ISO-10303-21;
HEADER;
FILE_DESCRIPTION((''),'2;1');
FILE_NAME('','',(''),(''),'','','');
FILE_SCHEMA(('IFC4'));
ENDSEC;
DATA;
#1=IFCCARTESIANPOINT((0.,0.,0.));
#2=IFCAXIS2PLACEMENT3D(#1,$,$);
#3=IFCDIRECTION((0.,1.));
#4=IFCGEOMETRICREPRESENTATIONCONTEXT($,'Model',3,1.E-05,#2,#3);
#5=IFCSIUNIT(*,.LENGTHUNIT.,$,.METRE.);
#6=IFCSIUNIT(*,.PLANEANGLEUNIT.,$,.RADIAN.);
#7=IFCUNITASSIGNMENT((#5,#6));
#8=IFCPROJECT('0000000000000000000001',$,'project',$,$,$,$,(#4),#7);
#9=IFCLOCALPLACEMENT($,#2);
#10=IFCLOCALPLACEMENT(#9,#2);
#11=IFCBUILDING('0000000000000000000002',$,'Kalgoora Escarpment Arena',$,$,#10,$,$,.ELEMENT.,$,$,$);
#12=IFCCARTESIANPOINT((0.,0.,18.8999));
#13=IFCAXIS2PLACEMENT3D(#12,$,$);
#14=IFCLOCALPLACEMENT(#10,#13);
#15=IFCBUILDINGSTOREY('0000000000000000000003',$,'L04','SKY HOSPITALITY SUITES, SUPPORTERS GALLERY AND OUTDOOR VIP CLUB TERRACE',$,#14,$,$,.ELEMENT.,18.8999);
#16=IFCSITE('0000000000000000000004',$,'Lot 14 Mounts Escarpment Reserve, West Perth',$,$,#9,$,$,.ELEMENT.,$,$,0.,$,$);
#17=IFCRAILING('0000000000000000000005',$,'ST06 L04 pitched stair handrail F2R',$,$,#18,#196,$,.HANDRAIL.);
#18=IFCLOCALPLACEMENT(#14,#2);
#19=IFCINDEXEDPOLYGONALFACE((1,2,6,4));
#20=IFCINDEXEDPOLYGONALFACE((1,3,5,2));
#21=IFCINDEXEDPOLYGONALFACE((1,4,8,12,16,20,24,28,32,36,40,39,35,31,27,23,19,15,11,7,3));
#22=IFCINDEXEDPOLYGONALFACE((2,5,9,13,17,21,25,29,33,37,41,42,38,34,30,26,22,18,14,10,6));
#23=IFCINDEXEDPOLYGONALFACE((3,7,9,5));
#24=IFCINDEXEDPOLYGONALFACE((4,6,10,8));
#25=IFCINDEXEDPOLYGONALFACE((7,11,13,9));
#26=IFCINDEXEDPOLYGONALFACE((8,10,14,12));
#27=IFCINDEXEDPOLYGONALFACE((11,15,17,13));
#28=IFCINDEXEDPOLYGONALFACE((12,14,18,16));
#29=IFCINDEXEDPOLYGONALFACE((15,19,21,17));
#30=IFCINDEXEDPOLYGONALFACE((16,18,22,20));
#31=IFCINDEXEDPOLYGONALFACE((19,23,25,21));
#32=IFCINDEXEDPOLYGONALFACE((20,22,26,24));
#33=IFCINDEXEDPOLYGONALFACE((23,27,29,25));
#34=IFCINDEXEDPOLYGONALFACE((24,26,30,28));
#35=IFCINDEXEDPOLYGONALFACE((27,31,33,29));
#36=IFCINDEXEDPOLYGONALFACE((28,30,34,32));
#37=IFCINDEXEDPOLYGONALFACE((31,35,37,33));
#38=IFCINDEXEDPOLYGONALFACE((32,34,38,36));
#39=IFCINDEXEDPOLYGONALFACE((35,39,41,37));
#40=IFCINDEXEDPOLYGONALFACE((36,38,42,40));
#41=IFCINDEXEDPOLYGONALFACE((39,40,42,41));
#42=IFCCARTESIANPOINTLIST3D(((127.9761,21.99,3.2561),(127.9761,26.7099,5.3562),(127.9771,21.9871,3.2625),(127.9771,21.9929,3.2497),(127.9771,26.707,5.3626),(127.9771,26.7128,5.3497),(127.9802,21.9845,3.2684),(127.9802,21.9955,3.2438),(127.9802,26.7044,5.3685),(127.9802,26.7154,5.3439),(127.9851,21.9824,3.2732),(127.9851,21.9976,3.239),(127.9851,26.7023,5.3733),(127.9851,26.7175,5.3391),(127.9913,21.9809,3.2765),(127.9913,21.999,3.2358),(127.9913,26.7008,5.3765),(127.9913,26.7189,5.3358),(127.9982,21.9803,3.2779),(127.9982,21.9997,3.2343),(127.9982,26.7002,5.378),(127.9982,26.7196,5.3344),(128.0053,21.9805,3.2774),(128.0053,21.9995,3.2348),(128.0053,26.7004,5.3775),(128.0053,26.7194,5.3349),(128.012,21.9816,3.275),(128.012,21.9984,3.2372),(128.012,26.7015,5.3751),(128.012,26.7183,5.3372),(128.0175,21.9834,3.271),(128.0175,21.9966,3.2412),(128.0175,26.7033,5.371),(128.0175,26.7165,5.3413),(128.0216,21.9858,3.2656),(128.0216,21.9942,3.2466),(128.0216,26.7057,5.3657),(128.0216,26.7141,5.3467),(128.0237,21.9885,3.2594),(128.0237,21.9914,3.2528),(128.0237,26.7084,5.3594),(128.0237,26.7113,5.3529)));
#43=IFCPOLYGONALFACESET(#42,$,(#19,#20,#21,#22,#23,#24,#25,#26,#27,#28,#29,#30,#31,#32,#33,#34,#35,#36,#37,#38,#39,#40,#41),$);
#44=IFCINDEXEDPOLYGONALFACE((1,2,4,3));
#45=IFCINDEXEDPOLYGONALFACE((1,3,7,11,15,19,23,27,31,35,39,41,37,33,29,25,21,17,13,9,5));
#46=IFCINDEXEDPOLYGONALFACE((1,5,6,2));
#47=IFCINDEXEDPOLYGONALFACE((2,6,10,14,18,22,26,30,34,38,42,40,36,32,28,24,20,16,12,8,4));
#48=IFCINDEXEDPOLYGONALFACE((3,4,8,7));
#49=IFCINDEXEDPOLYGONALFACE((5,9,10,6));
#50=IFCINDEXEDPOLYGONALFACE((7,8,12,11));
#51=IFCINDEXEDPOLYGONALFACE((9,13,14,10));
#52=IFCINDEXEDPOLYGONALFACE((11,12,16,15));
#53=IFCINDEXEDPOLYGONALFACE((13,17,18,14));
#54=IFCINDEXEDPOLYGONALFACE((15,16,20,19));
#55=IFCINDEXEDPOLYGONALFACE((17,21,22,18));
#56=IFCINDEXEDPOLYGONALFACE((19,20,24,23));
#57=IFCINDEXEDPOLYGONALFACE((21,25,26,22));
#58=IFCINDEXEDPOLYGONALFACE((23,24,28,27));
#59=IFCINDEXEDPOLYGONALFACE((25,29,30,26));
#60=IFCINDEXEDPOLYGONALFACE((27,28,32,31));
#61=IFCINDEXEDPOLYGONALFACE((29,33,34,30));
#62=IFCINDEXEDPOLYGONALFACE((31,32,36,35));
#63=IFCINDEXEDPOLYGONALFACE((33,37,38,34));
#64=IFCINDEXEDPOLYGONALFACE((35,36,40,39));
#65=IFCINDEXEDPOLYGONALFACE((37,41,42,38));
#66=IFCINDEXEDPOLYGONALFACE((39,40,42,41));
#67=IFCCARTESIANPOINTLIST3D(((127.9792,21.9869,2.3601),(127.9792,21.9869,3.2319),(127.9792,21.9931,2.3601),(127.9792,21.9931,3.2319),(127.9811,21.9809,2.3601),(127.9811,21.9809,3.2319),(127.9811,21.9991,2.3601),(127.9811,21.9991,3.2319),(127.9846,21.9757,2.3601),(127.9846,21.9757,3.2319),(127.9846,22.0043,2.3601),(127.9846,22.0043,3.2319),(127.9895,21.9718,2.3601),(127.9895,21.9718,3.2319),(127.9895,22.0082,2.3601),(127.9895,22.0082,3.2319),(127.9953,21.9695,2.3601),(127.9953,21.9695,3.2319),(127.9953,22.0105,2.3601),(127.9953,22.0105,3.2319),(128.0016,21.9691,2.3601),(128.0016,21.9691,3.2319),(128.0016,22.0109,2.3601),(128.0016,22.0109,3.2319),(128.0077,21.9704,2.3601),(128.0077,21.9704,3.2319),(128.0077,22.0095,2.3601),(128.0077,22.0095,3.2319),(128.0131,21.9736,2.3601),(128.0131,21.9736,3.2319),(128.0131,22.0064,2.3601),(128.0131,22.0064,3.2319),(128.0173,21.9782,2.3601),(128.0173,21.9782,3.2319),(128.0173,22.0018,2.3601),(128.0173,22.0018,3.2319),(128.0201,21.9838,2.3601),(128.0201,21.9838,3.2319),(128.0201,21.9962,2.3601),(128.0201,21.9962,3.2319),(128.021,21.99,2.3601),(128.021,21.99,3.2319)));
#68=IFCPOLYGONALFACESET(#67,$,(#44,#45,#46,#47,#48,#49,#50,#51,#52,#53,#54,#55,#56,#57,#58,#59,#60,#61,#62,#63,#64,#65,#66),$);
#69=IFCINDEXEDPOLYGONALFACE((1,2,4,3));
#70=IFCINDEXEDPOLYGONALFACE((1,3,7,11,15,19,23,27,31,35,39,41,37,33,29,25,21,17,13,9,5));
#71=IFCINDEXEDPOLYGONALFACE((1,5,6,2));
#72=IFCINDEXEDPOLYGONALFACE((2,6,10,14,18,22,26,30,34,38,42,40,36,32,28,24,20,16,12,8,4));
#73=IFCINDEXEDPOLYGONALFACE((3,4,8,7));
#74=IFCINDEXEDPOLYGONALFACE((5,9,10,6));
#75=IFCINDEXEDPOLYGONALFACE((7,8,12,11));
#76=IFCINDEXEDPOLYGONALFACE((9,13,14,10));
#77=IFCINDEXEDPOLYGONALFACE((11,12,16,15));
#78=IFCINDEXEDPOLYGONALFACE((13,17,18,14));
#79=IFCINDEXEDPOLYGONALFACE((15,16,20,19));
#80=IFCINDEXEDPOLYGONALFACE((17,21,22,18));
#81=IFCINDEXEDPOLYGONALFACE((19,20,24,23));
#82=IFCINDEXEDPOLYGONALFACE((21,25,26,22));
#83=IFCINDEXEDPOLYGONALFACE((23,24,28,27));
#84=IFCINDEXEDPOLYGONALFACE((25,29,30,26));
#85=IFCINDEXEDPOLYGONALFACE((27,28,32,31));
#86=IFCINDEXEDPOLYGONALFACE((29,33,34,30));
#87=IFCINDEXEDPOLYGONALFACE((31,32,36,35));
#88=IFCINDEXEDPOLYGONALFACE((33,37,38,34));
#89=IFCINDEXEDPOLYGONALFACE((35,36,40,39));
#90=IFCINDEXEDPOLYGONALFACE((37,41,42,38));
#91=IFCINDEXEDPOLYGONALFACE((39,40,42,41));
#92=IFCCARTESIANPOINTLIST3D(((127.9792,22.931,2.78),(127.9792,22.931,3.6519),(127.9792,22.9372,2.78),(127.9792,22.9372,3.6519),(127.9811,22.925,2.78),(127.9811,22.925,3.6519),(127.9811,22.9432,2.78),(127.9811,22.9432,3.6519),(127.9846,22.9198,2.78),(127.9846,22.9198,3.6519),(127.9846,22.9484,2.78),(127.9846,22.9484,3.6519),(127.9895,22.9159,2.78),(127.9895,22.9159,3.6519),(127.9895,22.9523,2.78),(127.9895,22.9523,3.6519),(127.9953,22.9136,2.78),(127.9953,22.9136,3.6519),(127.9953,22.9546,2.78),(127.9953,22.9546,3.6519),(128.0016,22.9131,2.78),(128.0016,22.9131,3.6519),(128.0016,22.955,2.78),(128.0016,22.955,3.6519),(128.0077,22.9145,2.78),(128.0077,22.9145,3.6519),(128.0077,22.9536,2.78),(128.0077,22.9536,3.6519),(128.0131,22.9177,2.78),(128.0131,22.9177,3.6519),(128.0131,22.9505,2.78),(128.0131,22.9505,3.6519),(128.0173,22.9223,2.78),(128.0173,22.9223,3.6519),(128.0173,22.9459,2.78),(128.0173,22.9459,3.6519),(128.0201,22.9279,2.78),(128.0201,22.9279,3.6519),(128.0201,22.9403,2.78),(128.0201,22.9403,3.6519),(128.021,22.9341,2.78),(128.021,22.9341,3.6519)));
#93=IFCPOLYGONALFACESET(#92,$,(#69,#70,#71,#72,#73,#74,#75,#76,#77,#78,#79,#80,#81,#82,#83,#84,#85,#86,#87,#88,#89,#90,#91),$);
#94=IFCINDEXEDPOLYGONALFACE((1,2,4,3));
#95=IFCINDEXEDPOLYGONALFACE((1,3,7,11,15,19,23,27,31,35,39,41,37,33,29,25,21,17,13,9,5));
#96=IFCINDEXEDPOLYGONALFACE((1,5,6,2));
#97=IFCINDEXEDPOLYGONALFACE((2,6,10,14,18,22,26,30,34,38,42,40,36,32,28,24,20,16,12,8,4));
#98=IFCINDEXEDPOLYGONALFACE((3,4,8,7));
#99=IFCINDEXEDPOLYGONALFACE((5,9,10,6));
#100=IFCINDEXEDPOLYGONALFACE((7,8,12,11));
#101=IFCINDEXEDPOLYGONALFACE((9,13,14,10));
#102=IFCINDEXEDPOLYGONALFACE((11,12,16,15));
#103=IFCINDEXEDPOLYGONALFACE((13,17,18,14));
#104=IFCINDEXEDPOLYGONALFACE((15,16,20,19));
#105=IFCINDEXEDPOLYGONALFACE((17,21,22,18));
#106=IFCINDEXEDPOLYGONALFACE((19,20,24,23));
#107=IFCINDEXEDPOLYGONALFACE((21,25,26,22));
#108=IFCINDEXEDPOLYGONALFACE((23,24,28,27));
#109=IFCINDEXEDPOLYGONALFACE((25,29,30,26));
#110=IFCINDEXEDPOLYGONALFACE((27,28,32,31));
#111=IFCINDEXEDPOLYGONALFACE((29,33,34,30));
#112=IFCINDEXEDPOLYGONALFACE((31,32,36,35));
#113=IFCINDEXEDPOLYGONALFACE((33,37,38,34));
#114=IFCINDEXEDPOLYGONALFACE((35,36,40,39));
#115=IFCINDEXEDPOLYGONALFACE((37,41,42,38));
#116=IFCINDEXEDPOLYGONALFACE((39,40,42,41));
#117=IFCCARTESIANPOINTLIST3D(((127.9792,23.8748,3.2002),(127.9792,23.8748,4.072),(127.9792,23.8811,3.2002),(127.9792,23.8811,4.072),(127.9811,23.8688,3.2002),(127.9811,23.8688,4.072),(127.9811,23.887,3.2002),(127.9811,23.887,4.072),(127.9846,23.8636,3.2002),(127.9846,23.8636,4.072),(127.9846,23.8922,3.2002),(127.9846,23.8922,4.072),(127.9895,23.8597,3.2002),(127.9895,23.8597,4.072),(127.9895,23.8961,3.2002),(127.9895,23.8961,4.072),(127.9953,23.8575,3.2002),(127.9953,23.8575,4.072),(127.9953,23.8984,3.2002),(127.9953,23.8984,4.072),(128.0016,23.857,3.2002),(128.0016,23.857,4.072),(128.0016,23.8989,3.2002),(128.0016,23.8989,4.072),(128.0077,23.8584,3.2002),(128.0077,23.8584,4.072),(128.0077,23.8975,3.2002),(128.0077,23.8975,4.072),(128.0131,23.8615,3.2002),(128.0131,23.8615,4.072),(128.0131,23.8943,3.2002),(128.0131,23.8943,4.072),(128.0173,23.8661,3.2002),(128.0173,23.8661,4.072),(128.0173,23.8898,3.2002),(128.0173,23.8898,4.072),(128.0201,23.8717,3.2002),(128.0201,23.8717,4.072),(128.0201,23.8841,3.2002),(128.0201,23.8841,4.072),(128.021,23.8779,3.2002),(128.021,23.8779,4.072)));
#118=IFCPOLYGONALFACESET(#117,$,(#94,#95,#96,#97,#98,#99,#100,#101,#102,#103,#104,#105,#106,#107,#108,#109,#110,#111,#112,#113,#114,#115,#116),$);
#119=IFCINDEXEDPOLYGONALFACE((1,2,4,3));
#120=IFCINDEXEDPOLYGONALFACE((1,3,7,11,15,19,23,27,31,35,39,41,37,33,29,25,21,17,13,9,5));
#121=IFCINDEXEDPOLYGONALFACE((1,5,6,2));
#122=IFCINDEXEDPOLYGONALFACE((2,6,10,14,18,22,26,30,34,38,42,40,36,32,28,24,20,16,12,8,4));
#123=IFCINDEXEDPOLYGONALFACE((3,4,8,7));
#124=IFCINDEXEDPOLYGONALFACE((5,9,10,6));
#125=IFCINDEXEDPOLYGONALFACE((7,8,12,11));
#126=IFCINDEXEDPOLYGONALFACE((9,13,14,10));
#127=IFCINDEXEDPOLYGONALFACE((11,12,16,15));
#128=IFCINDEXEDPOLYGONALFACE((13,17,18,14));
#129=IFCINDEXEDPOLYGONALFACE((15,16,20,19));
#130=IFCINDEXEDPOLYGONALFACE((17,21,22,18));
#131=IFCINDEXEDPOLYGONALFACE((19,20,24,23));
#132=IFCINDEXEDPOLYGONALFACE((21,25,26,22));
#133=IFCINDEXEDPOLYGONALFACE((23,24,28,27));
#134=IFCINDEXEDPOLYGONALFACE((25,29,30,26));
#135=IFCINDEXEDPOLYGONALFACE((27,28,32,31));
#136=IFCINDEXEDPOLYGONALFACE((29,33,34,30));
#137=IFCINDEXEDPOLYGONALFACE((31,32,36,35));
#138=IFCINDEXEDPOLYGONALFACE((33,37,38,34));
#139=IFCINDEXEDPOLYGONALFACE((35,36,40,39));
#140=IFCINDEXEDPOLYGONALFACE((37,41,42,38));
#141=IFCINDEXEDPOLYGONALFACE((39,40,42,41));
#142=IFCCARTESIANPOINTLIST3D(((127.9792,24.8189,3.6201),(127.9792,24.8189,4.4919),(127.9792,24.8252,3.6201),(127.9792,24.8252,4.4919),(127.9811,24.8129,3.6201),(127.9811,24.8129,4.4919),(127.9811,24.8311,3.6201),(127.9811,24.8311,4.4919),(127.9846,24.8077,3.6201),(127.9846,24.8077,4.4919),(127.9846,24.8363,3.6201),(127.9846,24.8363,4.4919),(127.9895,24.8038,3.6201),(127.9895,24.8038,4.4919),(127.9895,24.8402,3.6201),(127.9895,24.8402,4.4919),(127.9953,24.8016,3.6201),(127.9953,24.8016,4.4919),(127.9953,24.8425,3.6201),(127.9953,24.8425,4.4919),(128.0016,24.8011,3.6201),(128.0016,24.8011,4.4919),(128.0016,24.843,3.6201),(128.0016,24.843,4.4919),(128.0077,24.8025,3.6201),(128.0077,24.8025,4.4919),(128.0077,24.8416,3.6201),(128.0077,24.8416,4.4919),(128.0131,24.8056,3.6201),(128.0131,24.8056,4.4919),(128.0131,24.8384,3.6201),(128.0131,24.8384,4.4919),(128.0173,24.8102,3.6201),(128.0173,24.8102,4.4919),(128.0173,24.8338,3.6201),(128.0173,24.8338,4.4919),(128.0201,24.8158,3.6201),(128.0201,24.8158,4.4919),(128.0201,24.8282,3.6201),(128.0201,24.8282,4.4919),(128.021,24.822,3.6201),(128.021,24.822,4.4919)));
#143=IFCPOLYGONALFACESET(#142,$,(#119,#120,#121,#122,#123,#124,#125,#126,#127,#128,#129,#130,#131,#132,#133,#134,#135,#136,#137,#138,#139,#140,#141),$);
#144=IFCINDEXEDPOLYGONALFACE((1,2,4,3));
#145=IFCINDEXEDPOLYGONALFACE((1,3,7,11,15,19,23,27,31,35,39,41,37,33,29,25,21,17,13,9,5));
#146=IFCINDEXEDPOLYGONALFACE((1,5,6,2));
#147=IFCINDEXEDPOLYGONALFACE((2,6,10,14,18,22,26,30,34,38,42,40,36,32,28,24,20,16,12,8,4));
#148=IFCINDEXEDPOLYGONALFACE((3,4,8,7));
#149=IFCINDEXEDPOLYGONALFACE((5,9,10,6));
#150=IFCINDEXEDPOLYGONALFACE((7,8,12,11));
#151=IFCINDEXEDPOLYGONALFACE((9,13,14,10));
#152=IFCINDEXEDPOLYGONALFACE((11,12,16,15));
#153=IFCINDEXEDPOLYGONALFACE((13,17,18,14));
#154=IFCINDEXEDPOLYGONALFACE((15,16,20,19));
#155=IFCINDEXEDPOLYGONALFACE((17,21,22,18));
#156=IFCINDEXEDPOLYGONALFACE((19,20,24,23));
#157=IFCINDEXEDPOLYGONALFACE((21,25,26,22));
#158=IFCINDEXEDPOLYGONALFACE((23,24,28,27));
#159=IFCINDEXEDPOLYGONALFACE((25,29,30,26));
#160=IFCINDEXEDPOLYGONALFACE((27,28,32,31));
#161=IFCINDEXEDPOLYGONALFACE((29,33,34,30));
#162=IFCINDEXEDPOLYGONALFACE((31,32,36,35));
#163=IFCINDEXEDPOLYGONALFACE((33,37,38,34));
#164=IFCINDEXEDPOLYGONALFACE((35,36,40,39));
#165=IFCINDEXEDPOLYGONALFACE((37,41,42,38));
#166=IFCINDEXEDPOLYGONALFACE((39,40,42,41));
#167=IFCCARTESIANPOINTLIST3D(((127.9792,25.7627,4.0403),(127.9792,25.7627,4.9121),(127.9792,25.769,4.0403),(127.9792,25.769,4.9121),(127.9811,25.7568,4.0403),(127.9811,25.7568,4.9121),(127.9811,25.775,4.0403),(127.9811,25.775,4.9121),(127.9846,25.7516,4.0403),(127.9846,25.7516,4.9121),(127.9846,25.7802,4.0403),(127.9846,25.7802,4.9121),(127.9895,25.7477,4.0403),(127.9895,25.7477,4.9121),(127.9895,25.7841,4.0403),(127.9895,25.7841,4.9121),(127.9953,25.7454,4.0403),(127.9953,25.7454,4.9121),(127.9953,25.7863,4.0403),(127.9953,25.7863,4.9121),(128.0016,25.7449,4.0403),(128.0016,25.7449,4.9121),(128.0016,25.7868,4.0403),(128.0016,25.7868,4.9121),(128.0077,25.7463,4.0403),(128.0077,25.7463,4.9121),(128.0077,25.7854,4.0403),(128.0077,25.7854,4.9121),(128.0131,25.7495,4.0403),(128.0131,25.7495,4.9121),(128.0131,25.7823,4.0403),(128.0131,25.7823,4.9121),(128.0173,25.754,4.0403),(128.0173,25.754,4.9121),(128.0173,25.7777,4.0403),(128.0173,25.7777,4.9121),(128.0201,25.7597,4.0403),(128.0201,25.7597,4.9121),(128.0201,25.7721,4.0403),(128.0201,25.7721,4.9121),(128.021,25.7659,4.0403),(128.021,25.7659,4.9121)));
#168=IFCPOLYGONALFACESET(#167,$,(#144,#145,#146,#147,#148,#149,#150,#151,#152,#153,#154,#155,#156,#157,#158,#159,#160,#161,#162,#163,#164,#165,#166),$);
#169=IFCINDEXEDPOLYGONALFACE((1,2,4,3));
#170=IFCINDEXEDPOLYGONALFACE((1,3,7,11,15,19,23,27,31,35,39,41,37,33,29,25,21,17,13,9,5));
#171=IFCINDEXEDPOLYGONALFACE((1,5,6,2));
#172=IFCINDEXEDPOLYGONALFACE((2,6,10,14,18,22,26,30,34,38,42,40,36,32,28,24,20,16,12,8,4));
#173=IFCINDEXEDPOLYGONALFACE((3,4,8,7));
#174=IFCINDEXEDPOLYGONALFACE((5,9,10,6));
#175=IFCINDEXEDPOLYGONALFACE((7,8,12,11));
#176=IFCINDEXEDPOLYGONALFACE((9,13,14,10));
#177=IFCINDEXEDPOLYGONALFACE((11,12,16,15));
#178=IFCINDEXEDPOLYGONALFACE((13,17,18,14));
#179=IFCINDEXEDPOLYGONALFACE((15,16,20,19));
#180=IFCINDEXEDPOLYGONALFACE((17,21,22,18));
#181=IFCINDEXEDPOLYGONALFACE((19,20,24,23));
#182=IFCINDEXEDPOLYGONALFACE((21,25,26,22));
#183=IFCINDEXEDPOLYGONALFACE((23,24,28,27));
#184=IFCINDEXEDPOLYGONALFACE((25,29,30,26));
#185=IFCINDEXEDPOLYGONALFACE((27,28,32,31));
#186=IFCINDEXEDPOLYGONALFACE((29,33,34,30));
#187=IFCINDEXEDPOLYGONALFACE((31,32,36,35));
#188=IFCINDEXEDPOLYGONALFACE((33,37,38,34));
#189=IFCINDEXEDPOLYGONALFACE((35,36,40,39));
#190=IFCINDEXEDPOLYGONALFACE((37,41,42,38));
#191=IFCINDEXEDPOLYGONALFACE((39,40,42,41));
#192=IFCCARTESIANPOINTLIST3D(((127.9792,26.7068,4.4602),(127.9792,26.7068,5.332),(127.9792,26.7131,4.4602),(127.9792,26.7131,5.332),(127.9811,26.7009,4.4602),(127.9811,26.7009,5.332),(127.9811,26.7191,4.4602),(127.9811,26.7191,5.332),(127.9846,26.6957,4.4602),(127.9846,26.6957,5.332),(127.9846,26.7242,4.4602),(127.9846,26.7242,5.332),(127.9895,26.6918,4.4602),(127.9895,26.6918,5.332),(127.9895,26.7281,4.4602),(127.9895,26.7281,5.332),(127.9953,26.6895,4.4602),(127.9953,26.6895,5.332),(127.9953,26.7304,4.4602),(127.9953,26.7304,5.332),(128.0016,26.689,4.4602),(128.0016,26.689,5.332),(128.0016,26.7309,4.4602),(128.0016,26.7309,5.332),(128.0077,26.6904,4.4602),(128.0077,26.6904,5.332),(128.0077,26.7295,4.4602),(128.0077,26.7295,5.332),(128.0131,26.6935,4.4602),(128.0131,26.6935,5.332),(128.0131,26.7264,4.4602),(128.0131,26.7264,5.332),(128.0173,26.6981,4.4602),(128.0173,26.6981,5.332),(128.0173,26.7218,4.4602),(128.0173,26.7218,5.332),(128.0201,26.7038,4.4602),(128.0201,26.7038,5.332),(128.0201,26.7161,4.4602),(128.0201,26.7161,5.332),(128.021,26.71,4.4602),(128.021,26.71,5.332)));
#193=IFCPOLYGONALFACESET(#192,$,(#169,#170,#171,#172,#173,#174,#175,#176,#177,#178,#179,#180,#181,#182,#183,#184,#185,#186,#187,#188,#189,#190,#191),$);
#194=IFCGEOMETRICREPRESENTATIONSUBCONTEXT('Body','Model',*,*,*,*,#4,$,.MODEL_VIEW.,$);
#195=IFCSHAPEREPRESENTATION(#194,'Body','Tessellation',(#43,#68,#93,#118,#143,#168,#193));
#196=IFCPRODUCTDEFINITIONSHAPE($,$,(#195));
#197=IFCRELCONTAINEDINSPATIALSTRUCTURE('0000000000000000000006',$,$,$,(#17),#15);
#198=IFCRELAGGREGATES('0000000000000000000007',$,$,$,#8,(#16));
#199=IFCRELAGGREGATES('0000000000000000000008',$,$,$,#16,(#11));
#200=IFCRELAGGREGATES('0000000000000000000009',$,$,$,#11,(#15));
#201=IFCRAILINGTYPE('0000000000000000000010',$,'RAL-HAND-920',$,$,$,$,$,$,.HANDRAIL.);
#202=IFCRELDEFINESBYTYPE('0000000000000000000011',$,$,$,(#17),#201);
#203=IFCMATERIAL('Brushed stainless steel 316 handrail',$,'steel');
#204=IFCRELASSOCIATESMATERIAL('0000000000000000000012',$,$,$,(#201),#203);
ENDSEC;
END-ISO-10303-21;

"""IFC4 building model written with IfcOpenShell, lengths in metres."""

from ifc_helpers import new_model, si_unit, direction, frame, origin, origin_2d, place, context, subcontext, project, spatial, circle, extrude, material, type_object, element, save


model = new_model("IFC4")

# Units and contexts
model_context = context("Model", 3, precision=1e-05, world=origin(), true_north=direction((0.0, 1.0)))
body_context = subcontext(model_context, "Body", "Model", "MODEL_VIEW")
ifc_project = project(units=[si_unit("LENGTHUNIT", "METRE"), si_unit("PLANEANGLEUNIT", "RADIAN")], contexts=[model_context])

# Site, building, storey
site_placement = place(None, origin())
site = spatial("IfcSite", under=ifc_project, at=site_placement, Name="Lot 14 Mounts Escarpment Reserve, West Perth", CompositionType="ELEMENT", RefElevation=0.0)
building_placement = place(site_placement, origin())
building = spatial("IfcBuilding", under=site, at=building_placement, Name="Kalgoora Escarpment Arena", CompositionType="ELEMENT")
storey_placement = place(building_placement, frame((0.0, 0.0, 18.8999)))
storey = spatial("IfcBuildingStorey", under=building, at=storey_placement, Name="L04", Description="SKY HOSPITALITY SUITES, SUPPORTERS GALLERY AND OUTDOOR VIP CLUB TERRACE", CompositionType="ELEMENT", Elevation=18.8999)

# Railing
ifc_material_1 = material(Name="Brushed stainless steel 316 handrail", Category="steel")
railing_type = type_object("IfcRailingType", Name="RAL-HAND-920", PredefinedType="HANDRAIL", material=ifc_material_1)
for number, where, name in (
    (1, (128.0, 21.99, 2.3601), "ST06 L04 pitched stair handrail F2R"),
):
    element("IfcRailing", number, at=place(storey_placement, frame(where)), inside=storey, type_object=railing_type, Name=name, PredefinedType="HANDRAIL", context=body_context, shape_type="SweptSolid", body=[
        extrude(circle(Radius=0.0239, at=origin_2d()), frame((0.0, 0.0, 0.896), z_axis=(0.0, 0.913644, 0.406516), x_axis=(-1.0, 0.0, 0.0)), (0.0, 0.0, 1.0), 5.166),
        extrude(circle(Radius=0.021, at=origin_2d()), origin(), (0.0, 0.0, 1.0), 0.8718),
        extrude(circle(Radius=0.021, at=origin_2d()), frame((0.0, 0.9441, 0.4199)), (0.0, 0.0, 1.0), 0.8718),
        extrude(circle(Radius=0.021, at=origin_2d()), frame((0.0, 1.8879, 0.8401)), (0.0, 0.0, 1.0), 0.8718),
        extrude(circle(Radius=0.021, at=origin_2d()), frame((0.0, 2.832, 1.26)), (0.0, 0.0, 1.0), 0.8718),
        extrude(circle(Radius=0.021, at=origin_2d()), frame((0.0, 3.7759, 1.6802)), (0.0, 0.0, 1.0), 0.8718),
        extrude(circle(Radius=0.021, at=origin_2d()), frame((0.0, 4.72, 2.1001)), (0.0, 0.0, 1.0), 0.8718),
    ])

save(model, "model.ifc")
